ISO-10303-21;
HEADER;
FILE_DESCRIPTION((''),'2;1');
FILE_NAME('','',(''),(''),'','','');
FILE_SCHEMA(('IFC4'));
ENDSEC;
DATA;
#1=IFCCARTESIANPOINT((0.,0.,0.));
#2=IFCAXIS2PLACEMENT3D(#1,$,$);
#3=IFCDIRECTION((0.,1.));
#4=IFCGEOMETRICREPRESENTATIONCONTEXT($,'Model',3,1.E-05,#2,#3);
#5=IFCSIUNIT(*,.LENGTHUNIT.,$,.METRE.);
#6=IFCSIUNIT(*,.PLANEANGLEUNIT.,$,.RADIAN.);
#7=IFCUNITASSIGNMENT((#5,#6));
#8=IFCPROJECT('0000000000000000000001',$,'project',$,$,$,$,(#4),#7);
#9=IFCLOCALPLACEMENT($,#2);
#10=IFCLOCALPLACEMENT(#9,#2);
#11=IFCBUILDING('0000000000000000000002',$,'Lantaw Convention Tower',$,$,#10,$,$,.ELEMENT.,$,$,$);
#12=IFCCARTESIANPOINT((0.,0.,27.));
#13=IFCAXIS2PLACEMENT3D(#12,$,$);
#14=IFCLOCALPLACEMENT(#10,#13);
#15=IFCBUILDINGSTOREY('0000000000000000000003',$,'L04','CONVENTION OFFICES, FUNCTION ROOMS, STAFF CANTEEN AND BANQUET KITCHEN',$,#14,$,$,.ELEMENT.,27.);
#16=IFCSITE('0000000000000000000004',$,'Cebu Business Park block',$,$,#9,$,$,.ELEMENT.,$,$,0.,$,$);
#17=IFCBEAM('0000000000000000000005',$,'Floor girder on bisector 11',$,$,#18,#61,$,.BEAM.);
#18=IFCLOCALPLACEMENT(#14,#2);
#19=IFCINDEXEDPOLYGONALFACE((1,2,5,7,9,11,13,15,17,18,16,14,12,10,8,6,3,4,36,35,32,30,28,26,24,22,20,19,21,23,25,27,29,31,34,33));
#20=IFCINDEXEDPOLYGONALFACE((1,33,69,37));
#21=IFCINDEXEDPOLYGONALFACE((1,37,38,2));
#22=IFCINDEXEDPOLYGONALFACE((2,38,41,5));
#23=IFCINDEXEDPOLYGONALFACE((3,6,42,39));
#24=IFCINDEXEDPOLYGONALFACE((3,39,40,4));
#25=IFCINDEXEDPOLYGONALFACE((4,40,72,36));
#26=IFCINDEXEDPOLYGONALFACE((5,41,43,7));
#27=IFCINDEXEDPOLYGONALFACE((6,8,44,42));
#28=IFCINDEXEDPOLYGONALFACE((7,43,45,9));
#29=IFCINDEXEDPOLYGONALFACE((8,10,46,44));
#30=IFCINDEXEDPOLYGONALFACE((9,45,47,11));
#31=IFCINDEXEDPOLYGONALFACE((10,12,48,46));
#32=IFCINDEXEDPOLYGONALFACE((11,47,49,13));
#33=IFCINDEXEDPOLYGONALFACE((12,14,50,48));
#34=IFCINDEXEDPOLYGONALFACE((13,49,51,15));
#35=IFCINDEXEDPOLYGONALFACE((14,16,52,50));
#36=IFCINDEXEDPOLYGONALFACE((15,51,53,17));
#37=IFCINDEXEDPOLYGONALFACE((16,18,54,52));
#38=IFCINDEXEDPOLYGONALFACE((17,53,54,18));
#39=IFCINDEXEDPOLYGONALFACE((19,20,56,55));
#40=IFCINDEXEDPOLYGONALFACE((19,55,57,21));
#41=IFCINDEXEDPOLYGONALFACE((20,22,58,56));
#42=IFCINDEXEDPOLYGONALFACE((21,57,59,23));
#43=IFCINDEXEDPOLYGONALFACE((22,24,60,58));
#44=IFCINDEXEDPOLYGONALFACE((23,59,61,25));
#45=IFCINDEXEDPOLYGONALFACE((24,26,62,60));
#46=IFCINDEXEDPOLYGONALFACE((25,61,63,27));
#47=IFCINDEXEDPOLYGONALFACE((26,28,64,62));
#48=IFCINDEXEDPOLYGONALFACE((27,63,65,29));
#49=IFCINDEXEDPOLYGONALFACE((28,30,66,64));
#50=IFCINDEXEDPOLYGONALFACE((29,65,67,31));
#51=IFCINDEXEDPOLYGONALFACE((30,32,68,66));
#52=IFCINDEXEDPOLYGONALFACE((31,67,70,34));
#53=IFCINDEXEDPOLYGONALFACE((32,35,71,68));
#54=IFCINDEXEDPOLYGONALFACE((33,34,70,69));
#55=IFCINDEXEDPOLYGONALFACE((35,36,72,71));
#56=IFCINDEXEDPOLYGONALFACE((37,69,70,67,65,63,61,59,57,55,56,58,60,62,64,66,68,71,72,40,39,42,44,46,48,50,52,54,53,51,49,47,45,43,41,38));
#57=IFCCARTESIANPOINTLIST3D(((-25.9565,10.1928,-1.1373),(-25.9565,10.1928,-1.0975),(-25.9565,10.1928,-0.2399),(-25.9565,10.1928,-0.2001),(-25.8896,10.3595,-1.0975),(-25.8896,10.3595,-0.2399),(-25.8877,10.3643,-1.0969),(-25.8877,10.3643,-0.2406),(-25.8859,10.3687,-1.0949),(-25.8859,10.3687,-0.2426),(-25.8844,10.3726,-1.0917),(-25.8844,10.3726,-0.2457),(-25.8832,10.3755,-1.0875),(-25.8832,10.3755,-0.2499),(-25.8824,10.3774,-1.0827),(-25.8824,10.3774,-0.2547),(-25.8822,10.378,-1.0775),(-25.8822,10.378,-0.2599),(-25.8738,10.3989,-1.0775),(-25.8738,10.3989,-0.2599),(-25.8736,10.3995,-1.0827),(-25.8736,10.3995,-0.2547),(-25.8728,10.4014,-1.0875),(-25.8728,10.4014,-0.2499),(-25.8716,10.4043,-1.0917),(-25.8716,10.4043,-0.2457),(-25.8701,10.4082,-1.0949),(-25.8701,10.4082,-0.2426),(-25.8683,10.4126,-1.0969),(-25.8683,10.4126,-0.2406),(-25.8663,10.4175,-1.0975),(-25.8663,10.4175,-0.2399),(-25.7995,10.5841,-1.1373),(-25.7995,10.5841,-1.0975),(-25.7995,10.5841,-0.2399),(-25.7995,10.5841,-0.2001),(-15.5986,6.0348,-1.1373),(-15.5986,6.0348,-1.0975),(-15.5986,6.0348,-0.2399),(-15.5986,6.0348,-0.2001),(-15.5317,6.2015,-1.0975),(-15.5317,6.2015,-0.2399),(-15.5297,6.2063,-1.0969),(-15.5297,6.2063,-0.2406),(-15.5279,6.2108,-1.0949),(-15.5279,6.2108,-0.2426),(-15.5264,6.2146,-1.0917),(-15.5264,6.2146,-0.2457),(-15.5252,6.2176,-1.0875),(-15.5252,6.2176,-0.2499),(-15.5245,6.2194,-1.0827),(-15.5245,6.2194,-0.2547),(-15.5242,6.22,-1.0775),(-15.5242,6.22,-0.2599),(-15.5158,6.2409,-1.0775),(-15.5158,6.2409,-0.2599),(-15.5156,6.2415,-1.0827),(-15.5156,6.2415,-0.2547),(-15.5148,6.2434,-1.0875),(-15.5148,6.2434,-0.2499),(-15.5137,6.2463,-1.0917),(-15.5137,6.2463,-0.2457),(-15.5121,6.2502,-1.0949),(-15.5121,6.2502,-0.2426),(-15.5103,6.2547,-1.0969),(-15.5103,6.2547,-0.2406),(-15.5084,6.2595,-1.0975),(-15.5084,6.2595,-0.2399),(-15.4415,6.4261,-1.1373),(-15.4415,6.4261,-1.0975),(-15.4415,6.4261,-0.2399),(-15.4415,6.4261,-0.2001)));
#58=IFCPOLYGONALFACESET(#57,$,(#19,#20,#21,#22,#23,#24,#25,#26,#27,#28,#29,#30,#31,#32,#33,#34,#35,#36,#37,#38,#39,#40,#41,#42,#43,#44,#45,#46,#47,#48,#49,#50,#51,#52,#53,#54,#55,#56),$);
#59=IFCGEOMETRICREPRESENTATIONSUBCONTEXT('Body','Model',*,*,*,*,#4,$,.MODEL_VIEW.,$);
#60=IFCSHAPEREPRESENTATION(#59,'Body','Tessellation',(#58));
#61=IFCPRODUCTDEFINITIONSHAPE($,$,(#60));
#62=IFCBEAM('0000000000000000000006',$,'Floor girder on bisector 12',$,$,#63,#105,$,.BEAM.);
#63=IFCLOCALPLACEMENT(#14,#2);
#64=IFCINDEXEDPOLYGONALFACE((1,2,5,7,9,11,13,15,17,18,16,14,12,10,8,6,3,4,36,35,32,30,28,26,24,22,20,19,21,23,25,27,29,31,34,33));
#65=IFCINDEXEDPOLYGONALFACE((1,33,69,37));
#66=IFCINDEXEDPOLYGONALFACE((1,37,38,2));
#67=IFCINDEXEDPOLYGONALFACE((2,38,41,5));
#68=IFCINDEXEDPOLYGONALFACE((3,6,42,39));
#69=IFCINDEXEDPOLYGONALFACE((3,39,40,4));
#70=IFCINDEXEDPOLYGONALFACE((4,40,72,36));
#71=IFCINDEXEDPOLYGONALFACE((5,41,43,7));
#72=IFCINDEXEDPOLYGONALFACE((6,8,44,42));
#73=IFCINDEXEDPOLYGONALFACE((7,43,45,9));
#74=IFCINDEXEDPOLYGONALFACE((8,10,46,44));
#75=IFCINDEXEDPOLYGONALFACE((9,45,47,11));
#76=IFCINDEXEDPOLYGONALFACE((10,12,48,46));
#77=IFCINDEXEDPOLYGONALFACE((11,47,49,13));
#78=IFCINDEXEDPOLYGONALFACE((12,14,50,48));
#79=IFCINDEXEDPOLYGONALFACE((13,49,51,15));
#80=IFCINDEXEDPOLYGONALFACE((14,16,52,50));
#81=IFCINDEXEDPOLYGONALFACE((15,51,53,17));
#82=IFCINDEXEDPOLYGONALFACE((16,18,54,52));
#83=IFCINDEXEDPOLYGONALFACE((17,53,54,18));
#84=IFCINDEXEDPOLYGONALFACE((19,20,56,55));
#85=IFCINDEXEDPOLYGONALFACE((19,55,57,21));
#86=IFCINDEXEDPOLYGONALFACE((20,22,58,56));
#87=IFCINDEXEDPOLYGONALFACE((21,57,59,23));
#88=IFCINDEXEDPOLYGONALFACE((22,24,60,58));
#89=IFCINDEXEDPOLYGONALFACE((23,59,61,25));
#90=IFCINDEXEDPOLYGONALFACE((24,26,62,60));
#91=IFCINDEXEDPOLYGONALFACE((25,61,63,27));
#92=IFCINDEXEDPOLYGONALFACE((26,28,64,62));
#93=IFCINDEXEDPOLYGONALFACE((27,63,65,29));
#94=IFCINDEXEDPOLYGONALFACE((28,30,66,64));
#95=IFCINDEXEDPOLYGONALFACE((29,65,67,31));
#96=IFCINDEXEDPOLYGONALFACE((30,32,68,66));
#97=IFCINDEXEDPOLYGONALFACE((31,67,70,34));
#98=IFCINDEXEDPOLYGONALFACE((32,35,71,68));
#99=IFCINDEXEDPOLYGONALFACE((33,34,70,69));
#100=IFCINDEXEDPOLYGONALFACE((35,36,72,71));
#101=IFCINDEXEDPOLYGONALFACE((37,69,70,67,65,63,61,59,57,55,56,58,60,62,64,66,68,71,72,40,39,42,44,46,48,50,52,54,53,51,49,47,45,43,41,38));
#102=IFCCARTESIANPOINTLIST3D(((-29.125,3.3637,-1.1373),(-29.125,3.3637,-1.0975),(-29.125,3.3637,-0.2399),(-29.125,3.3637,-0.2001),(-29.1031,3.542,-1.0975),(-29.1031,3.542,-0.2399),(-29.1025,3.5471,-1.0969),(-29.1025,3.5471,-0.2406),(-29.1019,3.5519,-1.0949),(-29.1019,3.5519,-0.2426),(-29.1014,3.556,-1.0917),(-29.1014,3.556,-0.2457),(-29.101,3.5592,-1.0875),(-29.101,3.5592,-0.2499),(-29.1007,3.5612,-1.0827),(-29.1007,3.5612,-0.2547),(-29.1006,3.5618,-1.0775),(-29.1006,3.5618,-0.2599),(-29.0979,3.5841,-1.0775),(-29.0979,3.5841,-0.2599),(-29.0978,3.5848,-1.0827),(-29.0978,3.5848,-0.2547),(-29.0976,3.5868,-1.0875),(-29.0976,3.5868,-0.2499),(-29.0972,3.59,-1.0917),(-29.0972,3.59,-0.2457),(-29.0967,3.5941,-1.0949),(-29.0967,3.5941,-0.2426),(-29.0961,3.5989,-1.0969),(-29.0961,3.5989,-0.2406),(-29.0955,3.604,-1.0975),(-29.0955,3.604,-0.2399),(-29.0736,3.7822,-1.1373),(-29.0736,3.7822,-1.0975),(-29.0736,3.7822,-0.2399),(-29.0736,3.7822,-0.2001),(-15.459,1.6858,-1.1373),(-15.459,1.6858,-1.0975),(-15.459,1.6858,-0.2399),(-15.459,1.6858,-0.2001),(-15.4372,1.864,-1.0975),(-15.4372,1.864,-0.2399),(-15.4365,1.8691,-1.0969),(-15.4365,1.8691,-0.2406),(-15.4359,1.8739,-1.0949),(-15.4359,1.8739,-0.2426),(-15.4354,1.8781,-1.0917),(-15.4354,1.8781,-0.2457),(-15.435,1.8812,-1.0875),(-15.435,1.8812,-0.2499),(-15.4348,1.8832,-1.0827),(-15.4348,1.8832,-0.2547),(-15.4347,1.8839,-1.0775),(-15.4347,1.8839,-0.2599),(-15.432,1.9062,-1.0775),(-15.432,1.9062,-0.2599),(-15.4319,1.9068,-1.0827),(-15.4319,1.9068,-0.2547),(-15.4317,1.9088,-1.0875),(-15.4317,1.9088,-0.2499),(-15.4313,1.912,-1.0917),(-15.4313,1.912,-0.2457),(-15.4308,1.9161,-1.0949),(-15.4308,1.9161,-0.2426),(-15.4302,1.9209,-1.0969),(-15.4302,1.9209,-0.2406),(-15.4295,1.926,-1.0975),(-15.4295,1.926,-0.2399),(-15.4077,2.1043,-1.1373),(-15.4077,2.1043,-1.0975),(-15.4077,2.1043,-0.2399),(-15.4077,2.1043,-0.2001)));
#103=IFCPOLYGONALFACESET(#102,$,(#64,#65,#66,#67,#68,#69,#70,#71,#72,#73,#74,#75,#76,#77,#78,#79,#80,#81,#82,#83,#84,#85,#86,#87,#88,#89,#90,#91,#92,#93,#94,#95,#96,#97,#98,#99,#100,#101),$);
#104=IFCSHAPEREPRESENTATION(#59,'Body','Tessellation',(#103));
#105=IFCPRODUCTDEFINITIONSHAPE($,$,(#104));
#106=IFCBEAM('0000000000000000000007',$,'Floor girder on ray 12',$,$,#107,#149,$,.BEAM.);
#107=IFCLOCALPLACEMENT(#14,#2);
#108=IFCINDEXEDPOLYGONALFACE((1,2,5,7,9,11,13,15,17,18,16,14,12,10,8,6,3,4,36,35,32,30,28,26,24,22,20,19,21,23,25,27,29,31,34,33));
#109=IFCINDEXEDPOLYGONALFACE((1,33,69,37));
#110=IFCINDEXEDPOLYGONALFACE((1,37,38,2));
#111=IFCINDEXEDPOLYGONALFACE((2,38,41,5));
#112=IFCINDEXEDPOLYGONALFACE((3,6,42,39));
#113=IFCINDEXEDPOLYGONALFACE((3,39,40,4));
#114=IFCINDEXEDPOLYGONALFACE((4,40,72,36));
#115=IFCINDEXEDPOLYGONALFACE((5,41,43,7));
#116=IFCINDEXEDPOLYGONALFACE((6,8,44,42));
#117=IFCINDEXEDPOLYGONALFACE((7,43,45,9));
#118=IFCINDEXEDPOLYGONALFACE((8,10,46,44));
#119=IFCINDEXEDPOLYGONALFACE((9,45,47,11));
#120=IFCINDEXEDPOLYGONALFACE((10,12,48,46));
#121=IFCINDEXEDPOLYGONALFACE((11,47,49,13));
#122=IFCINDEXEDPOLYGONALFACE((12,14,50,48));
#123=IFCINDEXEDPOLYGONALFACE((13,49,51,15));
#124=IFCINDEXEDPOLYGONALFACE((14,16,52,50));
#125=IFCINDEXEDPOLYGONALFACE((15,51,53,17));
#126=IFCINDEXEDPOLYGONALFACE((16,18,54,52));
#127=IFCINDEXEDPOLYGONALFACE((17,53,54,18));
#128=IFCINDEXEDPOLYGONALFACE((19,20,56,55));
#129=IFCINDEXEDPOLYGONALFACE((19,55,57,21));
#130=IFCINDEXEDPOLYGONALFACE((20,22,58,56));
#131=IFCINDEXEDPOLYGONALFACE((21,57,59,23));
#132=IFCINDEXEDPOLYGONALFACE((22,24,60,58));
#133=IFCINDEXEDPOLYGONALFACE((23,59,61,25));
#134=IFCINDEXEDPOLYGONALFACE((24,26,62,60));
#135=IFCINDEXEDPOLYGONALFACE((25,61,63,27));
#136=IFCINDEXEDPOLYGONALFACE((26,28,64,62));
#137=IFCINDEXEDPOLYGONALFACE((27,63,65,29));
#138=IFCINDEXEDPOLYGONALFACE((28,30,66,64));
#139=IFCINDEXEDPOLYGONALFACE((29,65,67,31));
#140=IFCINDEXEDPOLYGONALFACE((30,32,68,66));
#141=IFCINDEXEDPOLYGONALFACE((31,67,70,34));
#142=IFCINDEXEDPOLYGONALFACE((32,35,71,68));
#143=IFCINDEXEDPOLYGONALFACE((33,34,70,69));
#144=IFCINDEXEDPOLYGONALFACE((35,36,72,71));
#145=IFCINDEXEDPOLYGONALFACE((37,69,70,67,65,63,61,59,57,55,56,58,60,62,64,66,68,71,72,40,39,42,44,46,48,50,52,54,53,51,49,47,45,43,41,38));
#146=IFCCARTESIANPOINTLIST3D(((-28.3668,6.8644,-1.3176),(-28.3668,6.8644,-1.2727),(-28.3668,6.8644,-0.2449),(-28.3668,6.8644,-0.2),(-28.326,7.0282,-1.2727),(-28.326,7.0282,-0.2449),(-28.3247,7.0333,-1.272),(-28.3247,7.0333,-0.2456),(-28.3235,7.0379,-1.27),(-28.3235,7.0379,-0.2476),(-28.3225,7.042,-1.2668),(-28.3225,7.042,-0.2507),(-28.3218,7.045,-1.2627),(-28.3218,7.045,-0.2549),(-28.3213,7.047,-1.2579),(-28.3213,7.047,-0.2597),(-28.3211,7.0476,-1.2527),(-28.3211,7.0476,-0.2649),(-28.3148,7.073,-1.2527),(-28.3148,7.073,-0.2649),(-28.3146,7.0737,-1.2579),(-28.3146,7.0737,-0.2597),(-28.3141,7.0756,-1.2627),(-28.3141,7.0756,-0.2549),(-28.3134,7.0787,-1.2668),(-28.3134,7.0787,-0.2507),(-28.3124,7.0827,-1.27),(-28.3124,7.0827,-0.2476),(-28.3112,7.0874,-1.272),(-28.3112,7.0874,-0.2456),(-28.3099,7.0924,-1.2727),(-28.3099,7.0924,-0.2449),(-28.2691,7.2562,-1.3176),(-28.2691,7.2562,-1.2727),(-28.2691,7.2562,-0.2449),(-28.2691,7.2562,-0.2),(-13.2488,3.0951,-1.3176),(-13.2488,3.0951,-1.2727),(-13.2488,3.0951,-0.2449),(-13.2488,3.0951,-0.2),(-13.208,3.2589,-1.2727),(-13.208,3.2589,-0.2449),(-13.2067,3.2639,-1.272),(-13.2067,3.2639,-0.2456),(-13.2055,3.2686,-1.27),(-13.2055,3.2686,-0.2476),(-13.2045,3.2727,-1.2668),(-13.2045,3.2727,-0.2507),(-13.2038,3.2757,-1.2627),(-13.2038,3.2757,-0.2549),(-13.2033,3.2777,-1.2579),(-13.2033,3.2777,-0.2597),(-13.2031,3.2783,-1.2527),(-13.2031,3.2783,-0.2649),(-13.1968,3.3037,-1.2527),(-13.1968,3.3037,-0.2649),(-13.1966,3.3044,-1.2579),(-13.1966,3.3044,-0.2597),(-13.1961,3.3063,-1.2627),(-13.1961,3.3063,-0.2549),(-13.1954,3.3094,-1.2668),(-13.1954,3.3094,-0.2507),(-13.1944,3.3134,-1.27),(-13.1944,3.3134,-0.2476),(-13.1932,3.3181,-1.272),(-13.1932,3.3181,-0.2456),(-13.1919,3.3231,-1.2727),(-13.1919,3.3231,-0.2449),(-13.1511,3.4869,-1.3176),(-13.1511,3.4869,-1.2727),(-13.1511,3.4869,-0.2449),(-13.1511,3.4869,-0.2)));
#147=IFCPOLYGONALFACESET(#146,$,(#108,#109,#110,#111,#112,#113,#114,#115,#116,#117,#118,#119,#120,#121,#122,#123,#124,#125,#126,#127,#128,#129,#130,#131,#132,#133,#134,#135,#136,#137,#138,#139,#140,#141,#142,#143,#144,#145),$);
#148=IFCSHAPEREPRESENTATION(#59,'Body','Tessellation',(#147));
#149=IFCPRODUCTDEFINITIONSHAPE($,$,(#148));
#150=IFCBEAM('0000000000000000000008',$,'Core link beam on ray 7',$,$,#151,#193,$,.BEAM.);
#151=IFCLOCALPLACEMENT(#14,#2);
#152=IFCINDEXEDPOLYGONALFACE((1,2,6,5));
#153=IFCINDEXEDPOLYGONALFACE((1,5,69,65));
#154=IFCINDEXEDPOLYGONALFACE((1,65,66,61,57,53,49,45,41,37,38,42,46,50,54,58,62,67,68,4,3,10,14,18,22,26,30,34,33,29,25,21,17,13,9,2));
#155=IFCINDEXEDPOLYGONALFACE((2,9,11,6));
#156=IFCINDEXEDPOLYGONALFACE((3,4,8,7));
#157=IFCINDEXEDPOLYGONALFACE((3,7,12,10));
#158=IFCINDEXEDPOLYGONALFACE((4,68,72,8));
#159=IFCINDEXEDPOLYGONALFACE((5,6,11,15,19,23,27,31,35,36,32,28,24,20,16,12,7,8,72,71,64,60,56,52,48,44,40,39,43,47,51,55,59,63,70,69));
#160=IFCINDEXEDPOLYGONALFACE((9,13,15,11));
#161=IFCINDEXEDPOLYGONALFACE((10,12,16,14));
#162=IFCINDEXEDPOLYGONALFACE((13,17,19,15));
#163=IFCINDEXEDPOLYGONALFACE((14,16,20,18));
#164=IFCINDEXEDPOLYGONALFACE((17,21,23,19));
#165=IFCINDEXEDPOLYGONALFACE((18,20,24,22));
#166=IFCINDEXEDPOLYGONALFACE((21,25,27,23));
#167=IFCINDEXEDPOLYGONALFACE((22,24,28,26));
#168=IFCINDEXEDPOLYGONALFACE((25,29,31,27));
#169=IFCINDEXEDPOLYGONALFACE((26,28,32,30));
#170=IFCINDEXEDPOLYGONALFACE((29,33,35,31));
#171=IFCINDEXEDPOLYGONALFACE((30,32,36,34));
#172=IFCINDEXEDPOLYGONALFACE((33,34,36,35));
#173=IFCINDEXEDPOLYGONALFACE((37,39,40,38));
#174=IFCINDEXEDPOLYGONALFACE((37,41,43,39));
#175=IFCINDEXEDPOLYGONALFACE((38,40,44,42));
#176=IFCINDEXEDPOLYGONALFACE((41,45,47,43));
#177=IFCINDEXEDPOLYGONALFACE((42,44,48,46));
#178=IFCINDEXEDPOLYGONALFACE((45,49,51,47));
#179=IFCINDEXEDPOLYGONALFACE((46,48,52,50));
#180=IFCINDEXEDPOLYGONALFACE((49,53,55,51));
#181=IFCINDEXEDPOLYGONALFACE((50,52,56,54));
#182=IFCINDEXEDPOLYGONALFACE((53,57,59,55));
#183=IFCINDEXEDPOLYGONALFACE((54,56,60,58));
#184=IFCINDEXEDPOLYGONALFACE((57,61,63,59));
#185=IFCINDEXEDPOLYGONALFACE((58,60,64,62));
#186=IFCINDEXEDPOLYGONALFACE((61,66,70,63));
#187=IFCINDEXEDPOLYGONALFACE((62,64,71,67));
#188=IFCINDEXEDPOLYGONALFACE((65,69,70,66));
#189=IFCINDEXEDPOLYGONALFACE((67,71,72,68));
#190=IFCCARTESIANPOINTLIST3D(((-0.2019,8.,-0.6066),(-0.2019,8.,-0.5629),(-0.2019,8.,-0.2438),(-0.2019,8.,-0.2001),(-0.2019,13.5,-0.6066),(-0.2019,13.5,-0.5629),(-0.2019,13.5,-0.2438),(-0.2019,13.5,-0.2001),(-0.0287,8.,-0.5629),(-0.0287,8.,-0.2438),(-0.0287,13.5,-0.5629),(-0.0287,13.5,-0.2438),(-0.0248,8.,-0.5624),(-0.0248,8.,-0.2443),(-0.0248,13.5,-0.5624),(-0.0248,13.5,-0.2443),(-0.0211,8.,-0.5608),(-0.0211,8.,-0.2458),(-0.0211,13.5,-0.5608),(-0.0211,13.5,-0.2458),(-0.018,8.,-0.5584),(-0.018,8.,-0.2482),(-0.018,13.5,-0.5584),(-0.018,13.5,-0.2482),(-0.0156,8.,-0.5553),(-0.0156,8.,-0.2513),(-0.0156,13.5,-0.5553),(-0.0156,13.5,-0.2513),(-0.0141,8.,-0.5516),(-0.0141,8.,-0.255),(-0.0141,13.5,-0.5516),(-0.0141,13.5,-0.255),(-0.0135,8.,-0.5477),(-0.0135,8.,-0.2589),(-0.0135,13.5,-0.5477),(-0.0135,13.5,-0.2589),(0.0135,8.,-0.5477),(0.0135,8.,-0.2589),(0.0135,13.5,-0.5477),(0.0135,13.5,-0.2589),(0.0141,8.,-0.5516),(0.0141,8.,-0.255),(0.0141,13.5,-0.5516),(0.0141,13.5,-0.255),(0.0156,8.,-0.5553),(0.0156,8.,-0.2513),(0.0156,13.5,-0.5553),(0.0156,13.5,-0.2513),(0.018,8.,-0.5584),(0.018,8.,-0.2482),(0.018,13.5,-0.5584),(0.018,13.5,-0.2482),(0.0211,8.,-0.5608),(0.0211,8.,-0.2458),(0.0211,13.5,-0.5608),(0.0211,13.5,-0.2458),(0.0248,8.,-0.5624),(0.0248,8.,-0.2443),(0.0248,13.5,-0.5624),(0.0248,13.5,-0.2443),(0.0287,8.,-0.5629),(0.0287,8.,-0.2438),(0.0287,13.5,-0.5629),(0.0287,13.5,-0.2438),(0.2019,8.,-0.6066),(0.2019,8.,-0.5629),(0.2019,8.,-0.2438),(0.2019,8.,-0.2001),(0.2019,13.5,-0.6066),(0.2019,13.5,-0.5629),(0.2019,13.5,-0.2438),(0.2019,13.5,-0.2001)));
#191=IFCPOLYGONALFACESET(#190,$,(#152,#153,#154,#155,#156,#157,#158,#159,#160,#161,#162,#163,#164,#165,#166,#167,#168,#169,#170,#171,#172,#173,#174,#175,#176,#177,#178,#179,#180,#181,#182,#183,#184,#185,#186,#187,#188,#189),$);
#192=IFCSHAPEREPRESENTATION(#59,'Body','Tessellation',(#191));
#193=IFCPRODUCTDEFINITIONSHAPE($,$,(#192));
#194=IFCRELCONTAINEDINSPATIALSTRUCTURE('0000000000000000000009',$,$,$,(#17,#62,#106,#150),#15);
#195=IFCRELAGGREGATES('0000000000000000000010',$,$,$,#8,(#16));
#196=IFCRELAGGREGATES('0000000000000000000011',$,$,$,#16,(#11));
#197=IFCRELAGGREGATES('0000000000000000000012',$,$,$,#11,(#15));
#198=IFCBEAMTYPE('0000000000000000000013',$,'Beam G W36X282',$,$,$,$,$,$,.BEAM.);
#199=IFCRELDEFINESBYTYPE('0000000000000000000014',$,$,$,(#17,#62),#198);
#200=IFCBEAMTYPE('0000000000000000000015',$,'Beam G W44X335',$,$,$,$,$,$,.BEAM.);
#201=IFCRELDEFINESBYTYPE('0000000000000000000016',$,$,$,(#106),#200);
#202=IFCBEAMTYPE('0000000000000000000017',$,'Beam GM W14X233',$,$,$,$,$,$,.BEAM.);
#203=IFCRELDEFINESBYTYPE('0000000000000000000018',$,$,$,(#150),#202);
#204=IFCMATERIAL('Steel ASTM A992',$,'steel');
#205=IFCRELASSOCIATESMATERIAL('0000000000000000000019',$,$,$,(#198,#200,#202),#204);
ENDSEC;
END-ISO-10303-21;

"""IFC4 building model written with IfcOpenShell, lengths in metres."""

from ifc_helpers import new_model, si_unit, direction, frame, origin, origin_2d, place, context, subcontext, project, spatial, i_section, extrude, material, material_profile, profile_set, type_object, element, save


model = new_model("IFC4")

# Units and contexts
model_context = context("Model", 3, precision=1e-05, world=origin(), true_north=direction((0.0, 1.0)))
body_context = subcontext(model_context, "Body", "Model", "MODEL_VIEW")
ifc_project = project(units=[si_unit("LENGTHUNIT", "METRE"), si_unit("PLANEANGLEUNIT", "RADIAN")], contexts=[model_context])

# Site, building, storey
site_placement = place(None, origin())
site = spatial("IfcSite", under=ifc_project, at=site_placement, Name="Cebu Business Park block", CompositionType="ELEMENT", RefElevation=0.0)
building_placement = place(site_placement, origin())
building = spatial("IfcBuilding", under=site, at=building_placement, Name="Lantaw Convention Tower", CompositionType="ELEMENT")
storey_placement = place(building_placement, frame((0.0, 0.0, 27.0)))
storey = spatial("IfcBuildingStorey", under=building, at=storey_placement, Name="L04", Description="CONVENTION OFFICES, FUNCTION ROOMS, STAFF CANTEEN AND BANQUET KITCHEN", CompositionType="ELEMENT", Elevation=27.0)

# Beams
ifc_material_1 = material(Name="Steel ASTM A992", Category="steel")
ifc_material_profile_1 = material_profile(ifc_material_1, i_section(OverallWidth=0.4216, OverallDepth=0.9373, WebThickness=0.0225, FlangeThickness=0.0398, FilletRadius=0.02, at=origin_2d()), Name="W36X282")
ifc_profile_set_1 = profile_set([ifc_material_profile_1], Name="Steel ASTM A992")
beam_type_1 = type_object("IfcBeamType", Name="Beam G W36X282", PredefinedType="BEAM", material=ifc_profile_set_1)
beam_1_placement = place(storey_placement, frame((-15.52, 6.2305, -0.6687), z_axis=(-0.928019, 0.372533, 0.0), x_axis=(-0.372533, -0.928019, 0.0)))
element("IfcBeam", 1, at=beam_1_placement, inside=storey, type_object=beam_type_1, Name="Floor girder on bisector 11", PredefinedType="BEAM", context=body_context, shape_type="SweptSolid", body=[
    extrude(i_section(OverallWidth=0.4216, OverallDepth=0.9373, WebThickness=0.0225, FlangeThickness=0.0398, FilletRadius=0.02, at=origin_2d()), origin(), (0.0, 0.0, 1.0), 11.1614),
])
beam_2_placement = place(storey_placement, frame((-15.4333, 1.895, -0.6687), z_axis=(-0.992546, 0.12187, 0.0), x_axis=(-0.12187, -0.992546, 0.0)))
element("IfcBeam", 2, at=beam_2_placement, inside=storey, type_object=beam_type_1, Name="Floor girder on bisector 12", PredefinedType="BEAM", context=body_context, shape_type="SweptSolid", body=[
    extrude(i_section(OverallWidth=0.4216, OverallDepth=0.9373, WebThickness=0.0225, FlangeThickness=0.0398, FilletRadius=0.02, at=origin_2d()), origin(), (0.0, 0.0, 1.0), 13.7686),
])
ifc_material_profile_2 = material_profile(ifc_material_1, i_section(OverallWidth=0.4038, OverallDepth=1.1177, WebThickness=0.0261, FlangeThickness=0.0449, FilletRadius=0.02, at=origin_2d()), Name="W44X335")
ifc_profile_set_2 = profile_set([ifc_material_profile_2], Name="Steel ASTM A992")
beam_type_2 = type_object("IfcBeamType", Name="Beam G W44X335", PredefinedType="BEAM", material=ifc_profile_set_2)
beam_3_placement = place(storey_placement, frame((-13.2, 3.291, -0.7588), z_axis=(-0.970296, 0.24192, 0.0), x_axis=(-0.24192, -0.970296, 0.0)))
element("IfcBeam", 3, at=beam_3_placement, inside=storey, type_object=beam_type_2, Name="Floor girder on ray 12", PredefinedType="BEAM", context=body_context, shape_type="SweptSolid", body=[
    extrude(i_section(OverallWidth=0.4038, OverallDepth=1.1177, WebThickness=0.0261, FlangeThickness=0.0449, FilletRadius=0.02, at=origin_2d()), origin(), (0.0, 0.0, 1.0), 15.5808),
])
ifc_material_profile_3 = material_profile(ifc_material_1, i_section(OverallWidth=0.4038, OverallDepth=0.4065, WebThickness=0.0271, FlangeThickness=0.0437, FilletRadius=0.0151, at=origin_2d()), Name="W14X233")
ifc_profile_set_3 = profile_set([ifc_material_profile_3], Name="Steel ASTM A992")
beam_type_3 = type_object("IfcBeamType", Name="Beam GM W14X233", PredefinedType="BEAM", material=ifc_profile_set_3)
beam_4_placement = place(storey_placement, frame((0.0, 8.0, -0.4033), z_axis=(0.0, 1.0, 0.0), x_axis=(-1.0, 0.0, 0.0)))
element("IfcBeam", 4, at=beam_4_placement, inside=storey, type_object=beam_type_3, Name="Core link beam on ray 7", PredefinedType="BEAM", context=body_context, shape_type="SweptSolid", body=[
    extrude(i_section(OverallWidth=0.4038, OverallDepth=0.4065, WebThickness=0.0271, FlangeThickness=0.0437, FilletRadius=0.0151, at=origin_2d()), origin(), (0.0, 0.0, 1.0), 5.5),
])

save(model, "model.ifc")
